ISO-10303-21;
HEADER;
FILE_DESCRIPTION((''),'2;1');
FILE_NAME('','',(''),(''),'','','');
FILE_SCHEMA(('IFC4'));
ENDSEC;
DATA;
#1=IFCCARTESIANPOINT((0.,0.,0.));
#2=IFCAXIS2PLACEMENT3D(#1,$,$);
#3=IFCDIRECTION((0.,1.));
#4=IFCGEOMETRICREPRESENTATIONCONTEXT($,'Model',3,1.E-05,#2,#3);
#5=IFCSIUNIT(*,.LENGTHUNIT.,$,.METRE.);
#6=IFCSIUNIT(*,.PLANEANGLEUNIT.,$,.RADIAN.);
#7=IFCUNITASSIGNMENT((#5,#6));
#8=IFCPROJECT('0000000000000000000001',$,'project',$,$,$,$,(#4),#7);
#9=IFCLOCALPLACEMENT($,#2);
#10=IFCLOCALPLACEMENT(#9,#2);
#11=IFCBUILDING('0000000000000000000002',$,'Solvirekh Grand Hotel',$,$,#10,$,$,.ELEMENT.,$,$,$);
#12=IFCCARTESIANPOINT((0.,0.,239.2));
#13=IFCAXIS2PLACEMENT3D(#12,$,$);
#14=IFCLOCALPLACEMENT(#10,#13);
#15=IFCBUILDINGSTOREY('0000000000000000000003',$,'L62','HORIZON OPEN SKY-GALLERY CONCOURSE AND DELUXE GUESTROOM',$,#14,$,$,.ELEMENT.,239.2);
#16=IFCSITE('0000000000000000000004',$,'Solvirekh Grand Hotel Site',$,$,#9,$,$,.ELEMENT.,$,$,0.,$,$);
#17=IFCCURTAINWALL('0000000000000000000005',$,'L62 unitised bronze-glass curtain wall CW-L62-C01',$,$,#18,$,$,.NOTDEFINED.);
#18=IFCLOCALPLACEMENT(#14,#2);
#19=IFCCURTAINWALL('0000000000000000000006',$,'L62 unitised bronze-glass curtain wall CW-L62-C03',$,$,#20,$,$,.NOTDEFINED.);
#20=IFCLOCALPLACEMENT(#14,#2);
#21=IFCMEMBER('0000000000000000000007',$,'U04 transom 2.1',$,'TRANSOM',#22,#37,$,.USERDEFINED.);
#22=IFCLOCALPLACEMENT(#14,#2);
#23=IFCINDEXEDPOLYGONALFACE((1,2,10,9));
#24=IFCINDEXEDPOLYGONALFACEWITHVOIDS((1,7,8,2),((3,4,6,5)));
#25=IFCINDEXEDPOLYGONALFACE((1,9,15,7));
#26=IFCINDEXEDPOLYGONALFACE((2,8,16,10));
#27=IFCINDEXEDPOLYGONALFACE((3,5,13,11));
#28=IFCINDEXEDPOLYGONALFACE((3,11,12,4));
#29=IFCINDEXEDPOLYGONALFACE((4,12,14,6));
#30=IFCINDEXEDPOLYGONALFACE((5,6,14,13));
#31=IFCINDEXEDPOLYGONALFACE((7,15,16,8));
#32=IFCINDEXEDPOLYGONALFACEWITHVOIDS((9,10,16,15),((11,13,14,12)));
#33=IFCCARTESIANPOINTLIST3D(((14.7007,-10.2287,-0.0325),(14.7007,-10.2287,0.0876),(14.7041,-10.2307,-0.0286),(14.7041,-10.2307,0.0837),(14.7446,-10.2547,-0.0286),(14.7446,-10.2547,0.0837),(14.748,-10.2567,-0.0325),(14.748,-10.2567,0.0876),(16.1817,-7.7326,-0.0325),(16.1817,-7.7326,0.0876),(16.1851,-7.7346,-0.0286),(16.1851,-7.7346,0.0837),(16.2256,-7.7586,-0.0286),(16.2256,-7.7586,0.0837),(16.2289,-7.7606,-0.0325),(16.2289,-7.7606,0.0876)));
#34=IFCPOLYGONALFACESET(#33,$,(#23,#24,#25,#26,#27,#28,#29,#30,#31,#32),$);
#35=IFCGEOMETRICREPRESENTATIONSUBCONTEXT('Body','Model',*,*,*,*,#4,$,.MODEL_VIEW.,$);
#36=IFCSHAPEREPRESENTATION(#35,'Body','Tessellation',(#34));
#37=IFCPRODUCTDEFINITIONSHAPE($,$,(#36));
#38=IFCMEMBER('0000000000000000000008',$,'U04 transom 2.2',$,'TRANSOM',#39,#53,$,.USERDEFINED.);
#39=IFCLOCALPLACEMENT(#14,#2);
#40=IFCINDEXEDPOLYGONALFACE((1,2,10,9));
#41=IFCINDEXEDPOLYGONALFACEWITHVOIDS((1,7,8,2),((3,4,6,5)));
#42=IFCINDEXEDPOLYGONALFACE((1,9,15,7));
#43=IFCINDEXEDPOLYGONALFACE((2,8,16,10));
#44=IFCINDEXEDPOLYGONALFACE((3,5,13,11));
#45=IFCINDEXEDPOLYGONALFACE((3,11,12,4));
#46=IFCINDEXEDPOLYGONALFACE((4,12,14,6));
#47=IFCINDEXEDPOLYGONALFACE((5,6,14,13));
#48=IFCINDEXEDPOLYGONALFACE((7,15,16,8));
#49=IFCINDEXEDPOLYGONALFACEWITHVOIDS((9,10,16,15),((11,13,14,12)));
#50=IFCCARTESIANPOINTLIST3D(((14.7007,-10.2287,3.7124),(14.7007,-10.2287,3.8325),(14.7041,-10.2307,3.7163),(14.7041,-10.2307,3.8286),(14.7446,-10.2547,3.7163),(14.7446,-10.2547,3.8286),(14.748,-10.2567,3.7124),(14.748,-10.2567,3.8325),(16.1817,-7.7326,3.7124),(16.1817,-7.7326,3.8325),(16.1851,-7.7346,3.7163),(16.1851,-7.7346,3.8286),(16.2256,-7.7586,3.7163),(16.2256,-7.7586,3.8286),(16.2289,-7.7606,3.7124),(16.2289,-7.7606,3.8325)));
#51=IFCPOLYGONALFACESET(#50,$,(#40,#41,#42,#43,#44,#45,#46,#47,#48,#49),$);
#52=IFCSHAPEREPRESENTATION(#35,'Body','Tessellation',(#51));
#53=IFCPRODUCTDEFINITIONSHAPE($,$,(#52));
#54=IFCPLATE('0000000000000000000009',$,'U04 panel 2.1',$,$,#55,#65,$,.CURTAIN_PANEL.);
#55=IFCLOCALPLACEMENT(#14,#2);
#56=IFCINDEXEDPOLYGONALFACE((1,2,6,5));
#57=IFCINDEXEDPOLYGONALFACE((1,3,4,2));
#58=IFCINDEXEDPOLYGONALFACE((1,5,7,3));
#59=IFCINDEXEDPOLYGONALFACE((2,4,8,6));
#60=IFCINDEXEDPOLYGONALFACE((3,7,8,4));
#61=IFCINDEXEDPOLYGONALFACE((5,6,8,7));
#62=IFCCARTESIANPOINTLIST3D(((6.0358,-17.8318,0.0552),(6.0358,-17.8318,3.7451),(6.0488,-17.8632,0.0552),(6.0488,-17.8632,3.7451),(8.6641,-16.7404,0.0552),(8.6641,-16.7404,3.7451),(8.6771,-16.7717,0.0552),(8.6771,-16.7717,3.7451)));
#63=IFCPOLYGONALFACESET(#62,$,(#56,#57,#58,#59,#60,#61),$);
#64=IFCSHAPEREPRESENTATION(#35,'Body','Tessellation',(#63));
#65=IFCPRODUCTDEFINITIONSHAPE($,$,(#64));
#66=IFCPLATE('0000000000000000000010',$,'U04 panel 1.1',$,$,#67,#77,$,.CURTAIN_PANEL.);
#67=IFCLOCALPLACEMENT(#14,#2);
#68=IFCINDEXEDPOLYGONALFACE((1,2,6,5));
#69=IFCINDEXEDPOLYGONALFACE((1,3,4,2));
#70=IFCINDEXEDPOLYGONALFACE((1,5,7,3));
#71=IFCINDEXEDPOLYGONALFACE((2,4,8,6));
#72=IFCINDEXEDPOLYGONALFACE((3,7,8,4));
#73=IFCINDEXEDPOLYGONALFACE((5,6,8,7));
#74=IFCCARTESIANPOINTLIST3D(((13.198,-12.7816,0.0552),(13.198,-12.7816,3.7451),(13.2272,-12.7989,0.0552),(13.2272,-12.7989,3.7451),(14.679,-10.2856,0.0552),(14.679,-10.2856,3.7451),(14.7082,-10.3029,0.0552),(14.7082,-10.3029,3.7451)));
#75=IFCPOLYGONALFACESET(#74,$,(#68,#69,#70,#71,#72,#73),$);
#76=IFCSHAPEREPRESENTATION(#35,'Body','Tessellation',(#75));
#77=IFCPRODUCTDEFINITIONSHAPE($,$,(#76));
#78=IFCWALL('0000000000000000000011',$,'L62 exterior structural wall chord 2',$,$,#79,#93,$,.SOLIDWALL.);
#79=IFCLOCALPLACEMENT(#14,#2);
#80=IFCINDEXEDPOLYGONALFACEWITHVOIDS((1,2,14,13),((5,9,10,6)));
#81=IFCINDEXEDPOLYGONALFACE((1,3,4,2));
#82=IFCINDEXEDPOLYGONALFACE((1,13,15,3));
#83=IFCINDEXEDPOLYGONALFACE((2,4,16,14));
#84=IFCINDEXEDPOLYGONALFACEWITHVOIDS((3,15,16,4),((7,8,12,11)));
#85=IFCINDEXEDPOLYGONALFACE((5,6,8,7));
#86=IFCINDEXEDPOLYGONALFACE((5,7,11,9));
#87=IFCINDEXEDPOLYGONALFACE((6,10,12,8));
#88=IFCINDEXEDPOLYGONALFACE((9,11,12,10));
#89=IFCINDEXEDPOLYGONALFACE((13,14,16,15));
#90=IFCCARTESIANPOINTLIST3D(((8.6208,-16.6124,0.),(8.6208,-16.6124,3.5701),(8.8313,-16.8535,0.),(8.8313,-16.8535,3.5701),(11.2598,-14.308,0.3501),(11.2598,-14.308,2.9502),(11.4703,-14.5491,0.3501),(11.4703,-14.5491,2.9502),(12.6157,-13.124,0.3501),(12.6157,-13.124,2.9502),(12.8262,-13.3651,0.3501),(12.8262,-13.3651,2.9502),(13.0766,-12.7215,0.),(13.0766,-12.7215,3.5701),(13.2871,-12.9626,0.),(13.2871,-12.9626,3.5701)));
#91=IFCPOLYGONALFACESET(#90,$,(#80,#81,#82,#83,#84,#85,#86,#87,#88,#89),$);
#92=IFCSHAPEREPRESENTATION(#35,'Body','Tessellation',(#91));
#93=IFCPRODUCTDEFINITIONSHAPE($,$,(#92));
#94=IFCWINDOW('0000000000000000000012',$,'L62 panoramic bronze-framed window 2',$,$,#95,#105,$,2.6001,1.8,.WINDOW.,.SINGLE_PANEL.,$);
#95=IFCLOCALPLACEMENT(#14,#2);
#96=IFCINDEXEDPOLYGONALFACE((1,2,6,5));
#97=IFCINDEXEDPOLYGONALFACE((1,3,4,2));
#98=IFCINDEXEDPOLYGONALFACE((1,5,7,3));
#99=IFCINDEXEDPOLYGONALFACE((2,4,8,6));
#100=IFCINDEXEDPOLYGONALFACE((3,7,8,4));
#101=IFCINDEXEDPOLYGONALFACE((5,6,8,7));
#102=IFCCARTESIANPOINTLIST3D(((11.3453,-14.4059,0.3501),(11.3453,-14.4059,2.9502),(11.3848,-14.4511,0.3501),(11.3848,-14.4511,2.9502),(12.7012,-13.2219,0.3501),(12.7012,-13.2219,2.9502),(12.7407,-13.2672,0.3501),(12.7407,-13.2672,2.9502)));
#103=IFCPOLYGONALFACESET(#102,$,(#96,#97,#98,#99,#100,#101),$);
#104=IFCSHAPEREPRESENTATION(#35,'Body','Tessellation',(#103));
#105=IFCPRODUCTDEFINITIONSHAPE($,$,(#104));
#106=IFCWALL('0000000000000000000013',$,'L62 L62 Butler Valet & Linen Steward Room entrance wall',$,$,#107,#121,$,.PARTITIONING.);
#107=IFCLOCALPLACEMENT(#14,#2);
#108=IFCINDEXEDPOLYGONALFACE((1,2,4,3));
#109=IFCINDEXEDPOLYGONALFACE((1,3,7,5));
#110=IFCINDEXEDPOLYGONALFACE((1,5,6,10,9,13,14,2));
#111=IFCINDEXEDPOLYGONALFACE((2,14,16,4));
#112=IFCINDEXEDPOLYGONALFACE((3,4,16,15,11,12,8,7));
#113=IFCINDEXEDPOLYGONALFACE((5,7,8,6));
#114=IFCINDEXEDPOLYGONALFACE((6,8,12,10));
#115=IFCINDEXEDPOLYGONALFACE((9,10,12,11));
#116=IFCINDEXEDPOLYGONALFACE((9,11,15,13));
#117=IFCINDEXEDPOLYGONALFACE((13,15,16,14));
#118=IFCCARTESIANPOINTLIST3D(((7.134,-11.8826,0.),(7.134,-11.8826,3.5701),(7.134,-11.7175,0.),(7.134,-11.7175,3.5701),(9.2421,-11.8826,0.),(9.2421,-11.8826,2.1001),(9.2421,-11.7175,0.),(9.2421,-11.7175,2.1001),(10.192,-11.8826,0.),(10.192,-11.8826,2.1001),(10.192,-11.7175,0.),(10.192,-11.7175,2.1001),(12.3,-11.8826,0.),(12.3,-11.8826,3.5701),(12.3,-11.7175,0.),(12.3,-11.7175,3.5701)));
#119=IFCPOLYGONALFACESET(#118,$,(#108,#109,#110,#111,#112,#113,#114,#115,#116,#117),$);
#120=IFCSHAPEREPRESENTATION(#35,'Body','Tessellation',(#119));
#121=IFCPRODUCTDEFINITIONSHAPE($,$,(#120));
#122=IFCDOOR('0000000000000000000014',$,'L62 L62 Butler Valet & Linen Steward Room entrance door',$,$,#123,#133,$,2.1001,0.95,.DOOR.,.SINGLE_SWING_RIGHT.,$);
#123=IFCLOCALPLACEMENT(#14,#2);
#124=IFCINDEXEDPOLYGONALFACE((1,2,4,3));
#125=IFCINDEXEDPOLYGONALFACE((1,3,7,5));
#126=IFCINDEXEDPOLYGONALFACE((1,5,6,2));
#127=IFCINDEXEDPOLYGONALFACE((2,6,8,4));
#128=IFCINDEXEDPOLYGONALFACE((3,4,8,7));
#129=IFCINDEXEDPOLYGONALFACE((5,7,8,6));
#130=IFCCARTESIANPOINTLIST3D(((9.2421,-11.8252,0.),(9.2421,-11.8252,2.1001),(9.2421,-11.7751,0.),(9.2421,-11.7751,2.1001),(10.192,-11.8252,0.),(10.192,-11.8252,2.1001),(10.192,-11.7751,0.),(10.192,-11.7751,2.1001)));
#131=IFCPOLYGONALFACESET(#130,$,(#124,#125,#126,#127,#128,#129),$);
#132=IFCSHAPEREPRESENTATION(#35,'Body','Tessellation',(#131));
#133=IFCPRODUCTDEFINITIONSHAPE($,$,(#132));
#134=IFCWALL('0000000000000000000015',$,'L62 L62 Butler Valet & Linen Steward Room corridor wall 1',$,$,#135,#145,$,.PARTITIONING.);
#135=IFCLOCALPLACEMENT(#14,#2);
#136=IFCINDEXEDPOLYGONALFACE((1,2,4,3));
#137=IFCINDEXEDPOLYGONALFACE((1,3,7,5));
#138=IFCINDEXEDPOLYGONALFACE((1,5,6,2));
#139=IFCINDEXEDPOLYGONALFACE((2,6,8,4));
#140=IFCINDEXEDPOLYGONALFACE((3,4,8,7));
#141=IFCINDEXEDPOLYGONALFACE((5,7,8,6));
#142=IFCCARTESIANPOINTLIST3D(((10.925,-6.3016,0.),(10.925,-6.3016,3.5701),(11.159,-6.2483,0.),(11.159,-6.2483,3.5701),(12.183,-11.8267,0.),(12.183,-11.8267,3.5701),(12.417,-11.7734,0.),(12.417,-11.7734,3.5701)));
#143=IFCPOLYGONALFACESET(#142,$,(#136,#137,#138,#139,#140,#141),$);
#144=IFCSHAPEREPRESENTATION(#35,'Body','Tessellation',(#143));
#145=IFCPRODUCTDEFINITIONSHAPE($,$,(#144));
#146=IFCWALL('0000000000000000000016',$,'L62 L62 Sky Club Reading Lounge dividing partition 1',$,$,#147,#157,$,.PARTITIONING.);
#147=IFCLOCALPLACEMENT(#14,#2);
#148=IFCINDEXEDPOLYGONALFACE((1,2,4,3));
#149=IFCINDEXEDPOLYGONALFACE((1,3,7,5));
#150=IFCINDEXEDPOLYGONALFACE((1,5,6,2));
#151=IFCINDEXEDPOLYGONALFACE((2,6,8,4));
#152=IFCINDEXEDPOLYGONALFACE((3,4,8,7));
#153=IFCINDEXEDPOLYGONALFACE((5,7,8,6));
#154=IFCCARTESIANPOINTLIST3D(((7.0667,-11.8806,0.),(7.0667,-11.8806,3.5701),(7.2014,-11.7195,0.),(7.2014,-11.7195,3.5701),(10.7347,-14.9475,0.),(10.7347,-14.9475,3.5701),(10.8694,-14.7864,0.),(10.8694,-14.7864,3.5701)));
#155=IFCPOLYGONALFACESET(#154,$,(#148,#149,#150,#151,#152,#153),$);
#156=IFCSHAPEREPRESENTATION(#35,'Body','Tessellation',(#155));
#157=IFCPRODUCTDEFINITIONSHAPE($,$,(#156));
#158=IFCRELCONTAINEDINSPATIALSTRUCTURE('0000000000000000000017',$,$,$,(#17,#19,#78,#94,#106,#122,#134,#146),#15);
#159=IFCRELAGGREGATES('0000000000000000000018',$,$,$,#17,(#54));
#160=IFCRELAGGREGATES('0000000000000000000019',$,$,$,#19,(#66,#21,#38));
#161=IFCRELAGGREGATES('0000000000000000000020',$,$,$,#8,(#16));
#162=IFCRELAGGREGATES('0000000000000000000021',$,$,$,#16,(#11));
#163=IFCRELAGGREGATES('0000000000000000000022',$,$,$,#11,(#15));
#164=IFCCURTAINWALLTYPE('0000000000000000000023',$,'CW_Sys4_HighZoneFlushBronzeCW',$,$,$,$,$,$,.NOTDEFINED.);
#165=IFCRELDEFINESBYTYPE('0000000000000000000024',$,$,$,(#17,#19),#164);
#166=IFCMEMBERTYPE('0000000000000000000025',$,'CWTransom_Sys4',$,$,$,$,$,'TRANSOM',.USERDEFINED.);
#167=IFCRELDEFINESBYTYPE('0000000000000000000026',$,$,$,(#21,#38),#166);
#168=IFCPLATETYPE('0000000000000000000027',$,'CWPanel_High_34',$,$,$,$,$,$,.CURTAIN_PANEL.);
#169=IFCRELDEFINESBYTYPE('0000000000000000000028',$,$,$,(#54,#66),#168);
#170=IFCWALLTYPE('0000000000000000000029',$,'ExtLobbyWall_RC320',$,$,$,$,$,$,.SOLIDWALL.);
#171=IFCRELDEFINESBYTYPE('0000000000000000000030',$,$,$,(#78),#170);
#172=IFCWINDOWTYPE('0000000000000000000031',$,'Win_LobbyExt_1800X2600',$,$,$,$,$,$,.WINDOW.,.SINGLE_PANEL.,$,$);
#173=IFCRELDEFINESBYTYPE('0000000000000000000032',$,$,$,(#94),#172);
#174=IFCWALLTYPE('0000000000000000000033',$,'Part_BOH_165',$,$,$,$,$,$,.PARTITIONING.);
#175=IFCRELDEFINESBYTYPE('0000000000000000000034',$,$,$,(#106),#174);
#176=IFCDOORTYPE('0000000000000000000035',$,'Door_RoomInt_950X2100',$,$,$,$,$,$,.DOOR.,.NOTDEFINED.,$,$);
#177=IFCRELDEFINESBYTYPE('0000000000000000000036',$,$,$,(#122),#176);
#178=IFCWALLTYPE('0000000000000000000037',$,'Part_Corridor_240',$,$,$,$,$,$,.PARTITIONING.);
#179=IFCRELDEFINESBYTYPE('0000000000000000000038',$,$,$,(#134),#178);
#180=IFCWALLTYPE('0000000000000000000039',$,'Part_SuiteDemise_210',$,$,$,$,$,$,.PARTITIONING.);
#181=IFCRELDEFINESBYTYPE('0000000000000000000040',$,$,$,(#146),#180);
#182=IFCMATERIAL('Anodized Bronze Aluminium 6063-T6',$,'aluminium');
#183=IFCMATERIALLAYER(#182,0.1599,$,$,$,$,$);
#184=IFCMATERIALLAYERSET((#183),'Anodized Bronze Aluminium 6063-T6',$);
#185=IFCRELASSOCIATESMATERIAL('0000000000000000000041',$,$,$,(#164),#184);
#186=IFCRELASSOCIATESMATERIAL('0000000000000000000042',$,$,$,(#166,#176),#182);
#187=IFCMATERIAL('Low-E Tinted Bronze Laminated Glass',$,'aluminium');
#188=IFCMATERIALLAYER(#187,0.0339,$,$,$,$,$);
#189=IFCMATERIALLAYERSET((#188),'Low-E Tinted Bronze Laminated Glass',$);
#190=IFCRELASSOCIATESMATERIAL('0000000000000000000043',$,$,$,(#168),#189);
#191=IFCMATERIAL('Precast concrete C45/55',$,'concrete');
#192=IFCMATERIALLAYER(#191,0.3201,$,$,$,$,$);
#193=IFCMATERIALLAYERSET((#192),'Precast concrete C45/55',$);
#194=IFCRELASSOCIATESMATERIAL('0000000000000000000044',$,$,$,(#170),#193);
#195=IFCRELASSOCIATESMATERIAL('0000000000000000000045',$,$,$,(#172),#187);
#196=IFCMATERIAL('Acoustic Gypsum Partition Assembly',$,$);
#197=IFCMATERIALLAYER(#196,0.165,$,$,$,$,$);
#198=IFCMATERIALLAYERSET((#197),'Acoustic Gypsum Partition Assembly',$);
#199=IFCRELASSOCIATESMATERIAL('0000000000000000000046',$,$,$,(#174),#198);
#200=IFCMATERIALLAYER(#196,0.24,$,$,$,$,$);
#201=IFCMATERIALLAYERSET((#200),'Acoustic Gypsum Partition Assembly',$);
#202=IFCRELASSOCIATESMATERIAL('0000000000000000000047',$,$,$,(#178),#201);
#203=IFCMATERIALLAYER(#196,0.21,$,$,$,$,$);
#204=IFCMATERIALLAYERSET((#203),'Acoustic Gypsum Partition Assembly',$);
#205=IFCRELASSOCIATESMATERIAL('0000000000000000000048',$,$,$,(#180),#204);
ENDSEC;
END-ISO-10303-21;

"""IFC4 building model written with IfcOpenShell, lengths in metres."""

from ifc_helpers import new_model, si_unit, direction, frame, frame_2d, origin, origin_2d, place, context, subcontext, project, spatial, rectangle, hollow_rectangle, extrude, source, transform, mapped, material, layer, layer_set, material_profile, profile_set, type_object, element, fill, aggregate, save


model = new_model("IFC4")

# Units and contexts
model_context = context("Model", 3, precision=1e-05, world=origin(), true_north=direction((0.0, 1.0)))
body_context = subcontext(model_context, "Body", "Model", "MODEL_VIEW")
ifc_project = project(units=[si_unit("LENGTHUNIT", "METRE"), si_unit("PLANEANGLEUNIT", "RADIAN")], contexts=[model_context])

# Site, building, storey
site_placement = place(None, origin())
site = spatial("IfcSite", under=ifc_project, at=site_placement, Name="Solvirekh Grand Hotel Site", CompositionType="ELEMENT", RefElevation=0.0)
building_placement = place(site_placement, origin())
building = spatial("IfcBuilding", under=site, at=building_placement, Name="Solvirekh Grand Hotel", CompositionType="ELEMENT")
storey_placement = place(building_placement, frame((0.0, 0.0, 239.2)))
storey = spatial("IfcBuildingStorey", under=building, at=storey_placement, Name="L62", Description="HORIZON OPEN SKY-GALLERY CONCOURSE AND DELUXE GUESTROOM", CompositionType="ELEMENT", Elevation=239.2)

# Curtain wall
ifc_material_1 = material(Name="Anodized Bronze Aluminium 6063-T6", Category="aluminium")
ifc_layer_1 = layer(ifc_material_1, 0.1599)
ifc_layer_set_1 = layer_set([ifc_layer_1], Name="Anodized Bronze Aluminium 6063-T6")
curtain_wall_type = type_object("IfcCurtainWallType", Name="CW_Sys4_HighZoneFlushBronzeCW", PredefinedType="NOTDEFINED", material=ifc_layer_set_1)
curtain_wall_1_placement = place(storey_placement, origin())
curtain_wall_1 = element("IfcCurtainWall", 1, at=curtain_wall_1_placement, inside=storey, type_object=curtain_wall_type, Name="L62 unitised bronze-glass curtain wall CW-L62-C01", PredefinedType="NOTDEFINED")

# Curtain wall, members
curtain_wall_2_placement = place(storey_placement, origin())
curtain_wall_2 = element("IfcCurtainWall", 2, at=curtain_wall_2_placement, inside=storey, type_object=curtain_wall_type, Name="L62 unitised bronze-glass curtain wall CW-L62-C03", PredefinedType="NOTDEFINED")
ifc_material_profile_1 = material_profile(ifc_material_1, hollow_rectangle(XDim=0.0549, YDim=0.1201, WallThickness=0.0039, at=origin_2d()), Name="ALU RHS 120X55X4")
ifc_profile_set_1 = profile_set([ifc_material_profile_1], Name="Anodized Bronze Aluminium 6063-T6")
member_type_1 = type_object("IfcMemberType", Name="CWTransom_Sys4", ElementType="TRANSOM", PredefinedType="USERDEFINED", material=ifc_profile_set_1)
shared_shape_1 = source(origin(), body_context, "Body", "SweptSolid", [
    extrude(hollow_rectangle(XDim=0.0549, YDim=0.1201, WallThickness=0.0039, at=origin_2d()), origin(), (0.0, 0.0, 1.0), 2.9023),
])
member_1_placement = place(storey_placement, frame((14.7244, -10.2427, 0.0276), z_axis=(0.510259, 0.860021, 0.0), x_axis=(-0.860021, 0.510259, 0.0)))
member_1 = element("IfcMember", 3, at=member_1_placement, type_object=member_type_1, Name="U04 transom 2.1", ObjectType="TRANSOM", PredefinedType="USERDEFINED", context=body_context, shape_type="MappedRepresentation", body=[
    mapped(shared_shape_1, transform((0.0, 0.0, 0.0), x_axis=(1.0, 0.0, 0.0), y_axis=(0.0, 1.0, 0.0), z_axis=(0.0, 0.0, 1.0), scale=1.0)),
])
member_2_placement = place(storey_placement, frame((14.7244, -10.2427, 3.7725), z_axis=(0.510259, 0.860021, 0.0), x_axis=(-0.860021, 0.510259, 0.0)))
member_2 = element("IfcMember", 4, at=member_2_placement, type_object=member_type_1, Name="U04 transom 2.2", ObjectType="TRANSOM", PredefinedType="USERDEFINED", context=body_context, shape_type="MappedRepresentation", body=[
    mapped(shared_shape_1, transform((0.0, 0.0, 0.0), x_axis=(1.0, 0.0, 0.0), y_axis=(0.0, 1.0, 0.0), z_axis=(0.0, 0.0, 1.0), scale=1.0)),
])

# Plates
ifc_material_2 = material(Name="Low-E Tinted Bronze Laminated Glass", Category="aluminium")
ifc_layer_2 = layer(ifc_material_2, 0.0339)
ifc_layer_set_2 = layer_set([ifc_layer_2], Name="Low-E Tinted Bronze Laminated Glass")
plate_type = type_object("IfcPlateType", Name="CWPanel_High_34", PredefinedType="CURTAIN_PANEL", material=ifc_layer_set_2)
shared_shape_2 = source(origin(), body_context, "Body", "SweptSolid", [
    extrude(rectangle(XDim=2.8459, YDim=0.0339, at=origin_2d()), origin(), (0.0, 0.0, 1.0), 3.6899),
])
plate_1_placement = place(storey_placement, frame((7.3564, -17.3018, 0.0552), z_axis=(0.0, 0.0, 1.0), x_axis=(0.923535, 0.383515, 0.0)))
plate_1 = element("IfcPlate", 5, at=plate_1_placement, type_object=plate_type, Name="U04 panel 2.1", PredefinedType="CURTAIN_PANEL", context=body_context, shape_type="MappedRepresentation", body=[
    mapped(shared_shape_2, transform((0.0, 0.0, 0.0), x_axis=(1.0, 0.0, 0.0), y_axis=(0.0, 1.0, 0.0), z_axis=(0.0, 0.0, 1.0), scale=1.0)),
])
aggregate(curtain_wall_1, [plate_1])
shared_shape_3 = source(origin(), body_context, "Body", "SweptSolid", [
    extrude(rectangle(XDim=2.9023, YDim=0.0339, at=origin_2d()), origin(), (0.0, 0.0, 1.0), 3.6899),
])
plate_2_placement = place(storey_placement, frame((13.9531, -11.5422, 0.0552), z_axis=(0.0, 0.0, 1.0), x_axis=(0.510288, 0.860004, 0.0)))
plate_2 = element("IfcPlate", 6, at=plate_2_placement, type_object=plate_type, Name="U04 panel 1.1", PredefinedType="CURTAIN_PANEL", context=body_context, shape_type="MappedRepresentation", body=[
    mapped(shared_shape_3, transform((0.0, 0.0, 0.0), x_axis=(1.0, 0.0, 0.0), y_axis=(0.0, 1.0, 0.0), z_axis=(0.0, 0.0, 1.0), scale=1.0)),
])
aggregate(curtain_wall_2, [plate_2, member_1, member_2])

# Wall, opening, window
ifc_material_3 = material(Name="Precast concrete C45/55", Category="concrete")
ifc_layer_3 = layer(ifc_material_3, 0.3201)
ifc_layer_set_3 = layer_set([ifc_layer_3], Name="Precast concrete C45/55")
wall_type_1 = type_object("IfcWallType", Name="ExtLobbyWall_RC320", PredefinedType="SOLIDWALL", material=ifc_layer_set_3)
wall_1_placement = place(storey_placement, frame((13.1819, -12.842, 0.0), z_axis=(0.0, 0.0, 1.0), x_axis=(-0.753244, -0.657742, 0.0)))
wall_1 = element("IfcWall", 7, at=wall_1_placement, inside=storey, type_object=wall_type_1, Name="L62 exterior structural wall chord 2", PredefinedType="SOLIDWALL", context=body_context, shape_type="SweptSolid", body=[
    extrude(rectangle(XDim=5.9155, YDim=0.3201, at=frame_2d((2.9578, 0.0))), origin(), (0.0, 0.0, 1.0), 3.5701),
])
opening_1_placement = place(wall_1_placement, frame((0.6121, 0.0, 0.3501)))
opening_1 = element("IfcOpeningElement", 8, at=opening_1_placement, cuts=wall_1, PredefinedType="OPENING", context=body_context, shape_type="SweptSolid", body=[
    extrude(rectangle(XDim=1.8, YDim=2.6001, at=frame_2d((0.8999, 1.3))), frame((0.0, 0.1699, 0.0), z_axis=(0.0, -1.0, 0.0), x_axis=(1.0, 0.0, 0.0)), (0.0, 0.0, 1.0), 0.3401),
])
window_type = type_object("IfcWindowType", Name="Win_LobbyExt_1800X2600", PartitioningType="SINGLE_PANEL", PredefinedType="WINDOW", material=ifc_material_2)
window_placement = place(opening_1_placement, origin())
window = element("IfcWindow", 9, at=window_placement, inside=storey, type_object=window_type, Name="L62 panoramic bronze-framed window 2", OverallHeight=2.6001, OverallWidth=1.8, PartitioningType="SINGLE_PANEL", PredefinedType="WINDOW", context=body_context, shape_type="SweptSolid", body=[
    extrude(rectangle(XDim=1.8, YDim=2.6001, at=frame_2d((0.8999, 1.3))), frame((0.0, 0.03, 0.0), z_axis=(0.0, -1.0, 0.0), x_axis=(1.0, 0.0, 0.0)), (0.0, 0.0, 1.0), 0.0601),
])
fill(opening_1, window)

# Wall, opening, door
ifc_material_4 = material(Name="Acoustic Gypsum Partition Assembly")
ifc_layer_4 = layer(ifc_material_4, 0.165)
ifc_layer_set_4 = layer_set([ifc_layer_4], Name="Acoustic Gypsum Partition Assembly")
wall_type_2 = type_object("IfcWallType", Name="Part_BOH_165", PredefinedType="PARTITIONING", material=ifc_layer_set_4)
wall_2_placement = place(storey_placement, frame((7.134, -11.8, 0.0), z_axis=(0.0, 0.0, 1.0), x_axis=(1.0, 0.0, 0.0)))
wall_2 = element("IfcWall", 10, at=wall_2_placement, inside=storey, type_object=wall_type_2, Name="L62 L62 Butler Valet & Linen Steward Room entrance wall", PredefinedType="PARTITIONING", context=body_context, shape_type="SweptSolid", body=[
    extrude(rectangle(XDim=5.166, YDim=0.165, at=frame_2d((2.583, 0.0))), origin(), (0.0, 0.0, 1.0), 3.5701),
])
opening_2_placement = place(wall_2_placement, frame((2.1079, 0.0, 0.0)))
opening_2 = element("IfcOpeningElement", 11, at=opening_2_placement, cuts=wall_2, PredefinedType="OPENING", context=body_context, shape_type="SweptSolid", body=[
    extrude(rectangle(XDim=0.95, YDim=2.1001, at=frame_2d((0.4751, 1.05))), frame((0.0, 0.0925, 0.0), z_axis=(0.0, -1.0, 0.0), x_axis=(1.0, 0.0, 0.0)), (0.0, 0.0, 1.0), 0.1851),
])
door_type = type_object("IfcDoorType", Name="Door_RoomInt_950X2100", OperationType="NOTDEFINED", PredefinedType="DOOR", material=ifc_material_1)
door_placement = place(opening_2_placement, origin())
door = element("IfcDoor", 12, at=door_placement, inside=storey, type_object=door_type, Name="L62 L62 Butler Valet & Linen Steward Room entrance door", OperationType="SINGLE_SWING_RIGHT", OverallHeight=2.1001, OverallWidth=0.95, PredefinedType="DOOR", context=body_context, shape_type="SweptSolid", body=[
    extrude(rectangle(XDim=0.95, YDim=2.1001, at=frame_2d((0.4751, 1.05))), frame((0.0, 0.0249, 0.0), z_axis=(0.0, -1.0, 0.0), x_axis=(1.0, 0.0, 0.0)), (0.0, 0.0, 1.0), 0.05),
])
fill(opening_2, door)

# Walls
ifc_layer_5 = layer(ifc_material_4, 0.24)
ifc_layer_set_5 = layer_set([ifc_layer_5], Name="Acoustic Gypsum Partition Assembly")
wall_type_3 = type_object("IfcWallType", Name="Part_Corridor_240", PredefinedType="PARTITIONING", material=ifc_layer_set_5)
wall_3_placement = place(storey_placement, frame((12.3, -11.8, 0.0), z_axis=(0.0, 0.0, 1.0), x_axis=(-0.222014, 0.975043, 0.0)))
element("IfcWall", 13, at=wall_3_placement, inside=storey, type_object=wall_type_3, Name="L62 L62 Butler Valet & Linen Steward Room corridor wall 1", PredefinedType="PARTITIONING", context=body_context, shape_type="SweptSolid", body=[
    extrude(rectangle(XDim=5.6665, YDim=0.24, at=frame_2d((2.8333, 0.0))), origin(), (0.0, 0.0, 1.0), 3.5701),
])
ifc_layer_6 = layer(ifc_material_4, 0.21)
ifc_layer_set_6 = layer_set([ifc_layer_6], Name="Acoustic Gypsum Partition Assembly")
wall_type_4 = type_object("IfcWallType", Name="Part_SuiteDemise_210", PredefinedType="PARTITIONING", material=ifc_layer_set_6)
wall_4_placement = place(storey_placement, frame((7.134, -11.8, 0.0), z_axis=(0.0, 0.0, 1.0), x_axis=(0.767165, -0.641449, 0.0)))
element("IfcWall", 14, at=wall_4_placement, inside=storey, type_object=wall_type_4, Name="L62 L62 Sky Club Reading Lounge dividing partition 1", PredefinedType="PARTITIONING", context=body_context, shape_type="SweptSolid", body=[
    extrude(rectangle(XDim=4.7812, YDim=0.21, at=frame_2d((2.3906, 0.0))), origin(), (0.0, 0.0, 1.0), 3.5701),
])

save(model, "model.ifc")
